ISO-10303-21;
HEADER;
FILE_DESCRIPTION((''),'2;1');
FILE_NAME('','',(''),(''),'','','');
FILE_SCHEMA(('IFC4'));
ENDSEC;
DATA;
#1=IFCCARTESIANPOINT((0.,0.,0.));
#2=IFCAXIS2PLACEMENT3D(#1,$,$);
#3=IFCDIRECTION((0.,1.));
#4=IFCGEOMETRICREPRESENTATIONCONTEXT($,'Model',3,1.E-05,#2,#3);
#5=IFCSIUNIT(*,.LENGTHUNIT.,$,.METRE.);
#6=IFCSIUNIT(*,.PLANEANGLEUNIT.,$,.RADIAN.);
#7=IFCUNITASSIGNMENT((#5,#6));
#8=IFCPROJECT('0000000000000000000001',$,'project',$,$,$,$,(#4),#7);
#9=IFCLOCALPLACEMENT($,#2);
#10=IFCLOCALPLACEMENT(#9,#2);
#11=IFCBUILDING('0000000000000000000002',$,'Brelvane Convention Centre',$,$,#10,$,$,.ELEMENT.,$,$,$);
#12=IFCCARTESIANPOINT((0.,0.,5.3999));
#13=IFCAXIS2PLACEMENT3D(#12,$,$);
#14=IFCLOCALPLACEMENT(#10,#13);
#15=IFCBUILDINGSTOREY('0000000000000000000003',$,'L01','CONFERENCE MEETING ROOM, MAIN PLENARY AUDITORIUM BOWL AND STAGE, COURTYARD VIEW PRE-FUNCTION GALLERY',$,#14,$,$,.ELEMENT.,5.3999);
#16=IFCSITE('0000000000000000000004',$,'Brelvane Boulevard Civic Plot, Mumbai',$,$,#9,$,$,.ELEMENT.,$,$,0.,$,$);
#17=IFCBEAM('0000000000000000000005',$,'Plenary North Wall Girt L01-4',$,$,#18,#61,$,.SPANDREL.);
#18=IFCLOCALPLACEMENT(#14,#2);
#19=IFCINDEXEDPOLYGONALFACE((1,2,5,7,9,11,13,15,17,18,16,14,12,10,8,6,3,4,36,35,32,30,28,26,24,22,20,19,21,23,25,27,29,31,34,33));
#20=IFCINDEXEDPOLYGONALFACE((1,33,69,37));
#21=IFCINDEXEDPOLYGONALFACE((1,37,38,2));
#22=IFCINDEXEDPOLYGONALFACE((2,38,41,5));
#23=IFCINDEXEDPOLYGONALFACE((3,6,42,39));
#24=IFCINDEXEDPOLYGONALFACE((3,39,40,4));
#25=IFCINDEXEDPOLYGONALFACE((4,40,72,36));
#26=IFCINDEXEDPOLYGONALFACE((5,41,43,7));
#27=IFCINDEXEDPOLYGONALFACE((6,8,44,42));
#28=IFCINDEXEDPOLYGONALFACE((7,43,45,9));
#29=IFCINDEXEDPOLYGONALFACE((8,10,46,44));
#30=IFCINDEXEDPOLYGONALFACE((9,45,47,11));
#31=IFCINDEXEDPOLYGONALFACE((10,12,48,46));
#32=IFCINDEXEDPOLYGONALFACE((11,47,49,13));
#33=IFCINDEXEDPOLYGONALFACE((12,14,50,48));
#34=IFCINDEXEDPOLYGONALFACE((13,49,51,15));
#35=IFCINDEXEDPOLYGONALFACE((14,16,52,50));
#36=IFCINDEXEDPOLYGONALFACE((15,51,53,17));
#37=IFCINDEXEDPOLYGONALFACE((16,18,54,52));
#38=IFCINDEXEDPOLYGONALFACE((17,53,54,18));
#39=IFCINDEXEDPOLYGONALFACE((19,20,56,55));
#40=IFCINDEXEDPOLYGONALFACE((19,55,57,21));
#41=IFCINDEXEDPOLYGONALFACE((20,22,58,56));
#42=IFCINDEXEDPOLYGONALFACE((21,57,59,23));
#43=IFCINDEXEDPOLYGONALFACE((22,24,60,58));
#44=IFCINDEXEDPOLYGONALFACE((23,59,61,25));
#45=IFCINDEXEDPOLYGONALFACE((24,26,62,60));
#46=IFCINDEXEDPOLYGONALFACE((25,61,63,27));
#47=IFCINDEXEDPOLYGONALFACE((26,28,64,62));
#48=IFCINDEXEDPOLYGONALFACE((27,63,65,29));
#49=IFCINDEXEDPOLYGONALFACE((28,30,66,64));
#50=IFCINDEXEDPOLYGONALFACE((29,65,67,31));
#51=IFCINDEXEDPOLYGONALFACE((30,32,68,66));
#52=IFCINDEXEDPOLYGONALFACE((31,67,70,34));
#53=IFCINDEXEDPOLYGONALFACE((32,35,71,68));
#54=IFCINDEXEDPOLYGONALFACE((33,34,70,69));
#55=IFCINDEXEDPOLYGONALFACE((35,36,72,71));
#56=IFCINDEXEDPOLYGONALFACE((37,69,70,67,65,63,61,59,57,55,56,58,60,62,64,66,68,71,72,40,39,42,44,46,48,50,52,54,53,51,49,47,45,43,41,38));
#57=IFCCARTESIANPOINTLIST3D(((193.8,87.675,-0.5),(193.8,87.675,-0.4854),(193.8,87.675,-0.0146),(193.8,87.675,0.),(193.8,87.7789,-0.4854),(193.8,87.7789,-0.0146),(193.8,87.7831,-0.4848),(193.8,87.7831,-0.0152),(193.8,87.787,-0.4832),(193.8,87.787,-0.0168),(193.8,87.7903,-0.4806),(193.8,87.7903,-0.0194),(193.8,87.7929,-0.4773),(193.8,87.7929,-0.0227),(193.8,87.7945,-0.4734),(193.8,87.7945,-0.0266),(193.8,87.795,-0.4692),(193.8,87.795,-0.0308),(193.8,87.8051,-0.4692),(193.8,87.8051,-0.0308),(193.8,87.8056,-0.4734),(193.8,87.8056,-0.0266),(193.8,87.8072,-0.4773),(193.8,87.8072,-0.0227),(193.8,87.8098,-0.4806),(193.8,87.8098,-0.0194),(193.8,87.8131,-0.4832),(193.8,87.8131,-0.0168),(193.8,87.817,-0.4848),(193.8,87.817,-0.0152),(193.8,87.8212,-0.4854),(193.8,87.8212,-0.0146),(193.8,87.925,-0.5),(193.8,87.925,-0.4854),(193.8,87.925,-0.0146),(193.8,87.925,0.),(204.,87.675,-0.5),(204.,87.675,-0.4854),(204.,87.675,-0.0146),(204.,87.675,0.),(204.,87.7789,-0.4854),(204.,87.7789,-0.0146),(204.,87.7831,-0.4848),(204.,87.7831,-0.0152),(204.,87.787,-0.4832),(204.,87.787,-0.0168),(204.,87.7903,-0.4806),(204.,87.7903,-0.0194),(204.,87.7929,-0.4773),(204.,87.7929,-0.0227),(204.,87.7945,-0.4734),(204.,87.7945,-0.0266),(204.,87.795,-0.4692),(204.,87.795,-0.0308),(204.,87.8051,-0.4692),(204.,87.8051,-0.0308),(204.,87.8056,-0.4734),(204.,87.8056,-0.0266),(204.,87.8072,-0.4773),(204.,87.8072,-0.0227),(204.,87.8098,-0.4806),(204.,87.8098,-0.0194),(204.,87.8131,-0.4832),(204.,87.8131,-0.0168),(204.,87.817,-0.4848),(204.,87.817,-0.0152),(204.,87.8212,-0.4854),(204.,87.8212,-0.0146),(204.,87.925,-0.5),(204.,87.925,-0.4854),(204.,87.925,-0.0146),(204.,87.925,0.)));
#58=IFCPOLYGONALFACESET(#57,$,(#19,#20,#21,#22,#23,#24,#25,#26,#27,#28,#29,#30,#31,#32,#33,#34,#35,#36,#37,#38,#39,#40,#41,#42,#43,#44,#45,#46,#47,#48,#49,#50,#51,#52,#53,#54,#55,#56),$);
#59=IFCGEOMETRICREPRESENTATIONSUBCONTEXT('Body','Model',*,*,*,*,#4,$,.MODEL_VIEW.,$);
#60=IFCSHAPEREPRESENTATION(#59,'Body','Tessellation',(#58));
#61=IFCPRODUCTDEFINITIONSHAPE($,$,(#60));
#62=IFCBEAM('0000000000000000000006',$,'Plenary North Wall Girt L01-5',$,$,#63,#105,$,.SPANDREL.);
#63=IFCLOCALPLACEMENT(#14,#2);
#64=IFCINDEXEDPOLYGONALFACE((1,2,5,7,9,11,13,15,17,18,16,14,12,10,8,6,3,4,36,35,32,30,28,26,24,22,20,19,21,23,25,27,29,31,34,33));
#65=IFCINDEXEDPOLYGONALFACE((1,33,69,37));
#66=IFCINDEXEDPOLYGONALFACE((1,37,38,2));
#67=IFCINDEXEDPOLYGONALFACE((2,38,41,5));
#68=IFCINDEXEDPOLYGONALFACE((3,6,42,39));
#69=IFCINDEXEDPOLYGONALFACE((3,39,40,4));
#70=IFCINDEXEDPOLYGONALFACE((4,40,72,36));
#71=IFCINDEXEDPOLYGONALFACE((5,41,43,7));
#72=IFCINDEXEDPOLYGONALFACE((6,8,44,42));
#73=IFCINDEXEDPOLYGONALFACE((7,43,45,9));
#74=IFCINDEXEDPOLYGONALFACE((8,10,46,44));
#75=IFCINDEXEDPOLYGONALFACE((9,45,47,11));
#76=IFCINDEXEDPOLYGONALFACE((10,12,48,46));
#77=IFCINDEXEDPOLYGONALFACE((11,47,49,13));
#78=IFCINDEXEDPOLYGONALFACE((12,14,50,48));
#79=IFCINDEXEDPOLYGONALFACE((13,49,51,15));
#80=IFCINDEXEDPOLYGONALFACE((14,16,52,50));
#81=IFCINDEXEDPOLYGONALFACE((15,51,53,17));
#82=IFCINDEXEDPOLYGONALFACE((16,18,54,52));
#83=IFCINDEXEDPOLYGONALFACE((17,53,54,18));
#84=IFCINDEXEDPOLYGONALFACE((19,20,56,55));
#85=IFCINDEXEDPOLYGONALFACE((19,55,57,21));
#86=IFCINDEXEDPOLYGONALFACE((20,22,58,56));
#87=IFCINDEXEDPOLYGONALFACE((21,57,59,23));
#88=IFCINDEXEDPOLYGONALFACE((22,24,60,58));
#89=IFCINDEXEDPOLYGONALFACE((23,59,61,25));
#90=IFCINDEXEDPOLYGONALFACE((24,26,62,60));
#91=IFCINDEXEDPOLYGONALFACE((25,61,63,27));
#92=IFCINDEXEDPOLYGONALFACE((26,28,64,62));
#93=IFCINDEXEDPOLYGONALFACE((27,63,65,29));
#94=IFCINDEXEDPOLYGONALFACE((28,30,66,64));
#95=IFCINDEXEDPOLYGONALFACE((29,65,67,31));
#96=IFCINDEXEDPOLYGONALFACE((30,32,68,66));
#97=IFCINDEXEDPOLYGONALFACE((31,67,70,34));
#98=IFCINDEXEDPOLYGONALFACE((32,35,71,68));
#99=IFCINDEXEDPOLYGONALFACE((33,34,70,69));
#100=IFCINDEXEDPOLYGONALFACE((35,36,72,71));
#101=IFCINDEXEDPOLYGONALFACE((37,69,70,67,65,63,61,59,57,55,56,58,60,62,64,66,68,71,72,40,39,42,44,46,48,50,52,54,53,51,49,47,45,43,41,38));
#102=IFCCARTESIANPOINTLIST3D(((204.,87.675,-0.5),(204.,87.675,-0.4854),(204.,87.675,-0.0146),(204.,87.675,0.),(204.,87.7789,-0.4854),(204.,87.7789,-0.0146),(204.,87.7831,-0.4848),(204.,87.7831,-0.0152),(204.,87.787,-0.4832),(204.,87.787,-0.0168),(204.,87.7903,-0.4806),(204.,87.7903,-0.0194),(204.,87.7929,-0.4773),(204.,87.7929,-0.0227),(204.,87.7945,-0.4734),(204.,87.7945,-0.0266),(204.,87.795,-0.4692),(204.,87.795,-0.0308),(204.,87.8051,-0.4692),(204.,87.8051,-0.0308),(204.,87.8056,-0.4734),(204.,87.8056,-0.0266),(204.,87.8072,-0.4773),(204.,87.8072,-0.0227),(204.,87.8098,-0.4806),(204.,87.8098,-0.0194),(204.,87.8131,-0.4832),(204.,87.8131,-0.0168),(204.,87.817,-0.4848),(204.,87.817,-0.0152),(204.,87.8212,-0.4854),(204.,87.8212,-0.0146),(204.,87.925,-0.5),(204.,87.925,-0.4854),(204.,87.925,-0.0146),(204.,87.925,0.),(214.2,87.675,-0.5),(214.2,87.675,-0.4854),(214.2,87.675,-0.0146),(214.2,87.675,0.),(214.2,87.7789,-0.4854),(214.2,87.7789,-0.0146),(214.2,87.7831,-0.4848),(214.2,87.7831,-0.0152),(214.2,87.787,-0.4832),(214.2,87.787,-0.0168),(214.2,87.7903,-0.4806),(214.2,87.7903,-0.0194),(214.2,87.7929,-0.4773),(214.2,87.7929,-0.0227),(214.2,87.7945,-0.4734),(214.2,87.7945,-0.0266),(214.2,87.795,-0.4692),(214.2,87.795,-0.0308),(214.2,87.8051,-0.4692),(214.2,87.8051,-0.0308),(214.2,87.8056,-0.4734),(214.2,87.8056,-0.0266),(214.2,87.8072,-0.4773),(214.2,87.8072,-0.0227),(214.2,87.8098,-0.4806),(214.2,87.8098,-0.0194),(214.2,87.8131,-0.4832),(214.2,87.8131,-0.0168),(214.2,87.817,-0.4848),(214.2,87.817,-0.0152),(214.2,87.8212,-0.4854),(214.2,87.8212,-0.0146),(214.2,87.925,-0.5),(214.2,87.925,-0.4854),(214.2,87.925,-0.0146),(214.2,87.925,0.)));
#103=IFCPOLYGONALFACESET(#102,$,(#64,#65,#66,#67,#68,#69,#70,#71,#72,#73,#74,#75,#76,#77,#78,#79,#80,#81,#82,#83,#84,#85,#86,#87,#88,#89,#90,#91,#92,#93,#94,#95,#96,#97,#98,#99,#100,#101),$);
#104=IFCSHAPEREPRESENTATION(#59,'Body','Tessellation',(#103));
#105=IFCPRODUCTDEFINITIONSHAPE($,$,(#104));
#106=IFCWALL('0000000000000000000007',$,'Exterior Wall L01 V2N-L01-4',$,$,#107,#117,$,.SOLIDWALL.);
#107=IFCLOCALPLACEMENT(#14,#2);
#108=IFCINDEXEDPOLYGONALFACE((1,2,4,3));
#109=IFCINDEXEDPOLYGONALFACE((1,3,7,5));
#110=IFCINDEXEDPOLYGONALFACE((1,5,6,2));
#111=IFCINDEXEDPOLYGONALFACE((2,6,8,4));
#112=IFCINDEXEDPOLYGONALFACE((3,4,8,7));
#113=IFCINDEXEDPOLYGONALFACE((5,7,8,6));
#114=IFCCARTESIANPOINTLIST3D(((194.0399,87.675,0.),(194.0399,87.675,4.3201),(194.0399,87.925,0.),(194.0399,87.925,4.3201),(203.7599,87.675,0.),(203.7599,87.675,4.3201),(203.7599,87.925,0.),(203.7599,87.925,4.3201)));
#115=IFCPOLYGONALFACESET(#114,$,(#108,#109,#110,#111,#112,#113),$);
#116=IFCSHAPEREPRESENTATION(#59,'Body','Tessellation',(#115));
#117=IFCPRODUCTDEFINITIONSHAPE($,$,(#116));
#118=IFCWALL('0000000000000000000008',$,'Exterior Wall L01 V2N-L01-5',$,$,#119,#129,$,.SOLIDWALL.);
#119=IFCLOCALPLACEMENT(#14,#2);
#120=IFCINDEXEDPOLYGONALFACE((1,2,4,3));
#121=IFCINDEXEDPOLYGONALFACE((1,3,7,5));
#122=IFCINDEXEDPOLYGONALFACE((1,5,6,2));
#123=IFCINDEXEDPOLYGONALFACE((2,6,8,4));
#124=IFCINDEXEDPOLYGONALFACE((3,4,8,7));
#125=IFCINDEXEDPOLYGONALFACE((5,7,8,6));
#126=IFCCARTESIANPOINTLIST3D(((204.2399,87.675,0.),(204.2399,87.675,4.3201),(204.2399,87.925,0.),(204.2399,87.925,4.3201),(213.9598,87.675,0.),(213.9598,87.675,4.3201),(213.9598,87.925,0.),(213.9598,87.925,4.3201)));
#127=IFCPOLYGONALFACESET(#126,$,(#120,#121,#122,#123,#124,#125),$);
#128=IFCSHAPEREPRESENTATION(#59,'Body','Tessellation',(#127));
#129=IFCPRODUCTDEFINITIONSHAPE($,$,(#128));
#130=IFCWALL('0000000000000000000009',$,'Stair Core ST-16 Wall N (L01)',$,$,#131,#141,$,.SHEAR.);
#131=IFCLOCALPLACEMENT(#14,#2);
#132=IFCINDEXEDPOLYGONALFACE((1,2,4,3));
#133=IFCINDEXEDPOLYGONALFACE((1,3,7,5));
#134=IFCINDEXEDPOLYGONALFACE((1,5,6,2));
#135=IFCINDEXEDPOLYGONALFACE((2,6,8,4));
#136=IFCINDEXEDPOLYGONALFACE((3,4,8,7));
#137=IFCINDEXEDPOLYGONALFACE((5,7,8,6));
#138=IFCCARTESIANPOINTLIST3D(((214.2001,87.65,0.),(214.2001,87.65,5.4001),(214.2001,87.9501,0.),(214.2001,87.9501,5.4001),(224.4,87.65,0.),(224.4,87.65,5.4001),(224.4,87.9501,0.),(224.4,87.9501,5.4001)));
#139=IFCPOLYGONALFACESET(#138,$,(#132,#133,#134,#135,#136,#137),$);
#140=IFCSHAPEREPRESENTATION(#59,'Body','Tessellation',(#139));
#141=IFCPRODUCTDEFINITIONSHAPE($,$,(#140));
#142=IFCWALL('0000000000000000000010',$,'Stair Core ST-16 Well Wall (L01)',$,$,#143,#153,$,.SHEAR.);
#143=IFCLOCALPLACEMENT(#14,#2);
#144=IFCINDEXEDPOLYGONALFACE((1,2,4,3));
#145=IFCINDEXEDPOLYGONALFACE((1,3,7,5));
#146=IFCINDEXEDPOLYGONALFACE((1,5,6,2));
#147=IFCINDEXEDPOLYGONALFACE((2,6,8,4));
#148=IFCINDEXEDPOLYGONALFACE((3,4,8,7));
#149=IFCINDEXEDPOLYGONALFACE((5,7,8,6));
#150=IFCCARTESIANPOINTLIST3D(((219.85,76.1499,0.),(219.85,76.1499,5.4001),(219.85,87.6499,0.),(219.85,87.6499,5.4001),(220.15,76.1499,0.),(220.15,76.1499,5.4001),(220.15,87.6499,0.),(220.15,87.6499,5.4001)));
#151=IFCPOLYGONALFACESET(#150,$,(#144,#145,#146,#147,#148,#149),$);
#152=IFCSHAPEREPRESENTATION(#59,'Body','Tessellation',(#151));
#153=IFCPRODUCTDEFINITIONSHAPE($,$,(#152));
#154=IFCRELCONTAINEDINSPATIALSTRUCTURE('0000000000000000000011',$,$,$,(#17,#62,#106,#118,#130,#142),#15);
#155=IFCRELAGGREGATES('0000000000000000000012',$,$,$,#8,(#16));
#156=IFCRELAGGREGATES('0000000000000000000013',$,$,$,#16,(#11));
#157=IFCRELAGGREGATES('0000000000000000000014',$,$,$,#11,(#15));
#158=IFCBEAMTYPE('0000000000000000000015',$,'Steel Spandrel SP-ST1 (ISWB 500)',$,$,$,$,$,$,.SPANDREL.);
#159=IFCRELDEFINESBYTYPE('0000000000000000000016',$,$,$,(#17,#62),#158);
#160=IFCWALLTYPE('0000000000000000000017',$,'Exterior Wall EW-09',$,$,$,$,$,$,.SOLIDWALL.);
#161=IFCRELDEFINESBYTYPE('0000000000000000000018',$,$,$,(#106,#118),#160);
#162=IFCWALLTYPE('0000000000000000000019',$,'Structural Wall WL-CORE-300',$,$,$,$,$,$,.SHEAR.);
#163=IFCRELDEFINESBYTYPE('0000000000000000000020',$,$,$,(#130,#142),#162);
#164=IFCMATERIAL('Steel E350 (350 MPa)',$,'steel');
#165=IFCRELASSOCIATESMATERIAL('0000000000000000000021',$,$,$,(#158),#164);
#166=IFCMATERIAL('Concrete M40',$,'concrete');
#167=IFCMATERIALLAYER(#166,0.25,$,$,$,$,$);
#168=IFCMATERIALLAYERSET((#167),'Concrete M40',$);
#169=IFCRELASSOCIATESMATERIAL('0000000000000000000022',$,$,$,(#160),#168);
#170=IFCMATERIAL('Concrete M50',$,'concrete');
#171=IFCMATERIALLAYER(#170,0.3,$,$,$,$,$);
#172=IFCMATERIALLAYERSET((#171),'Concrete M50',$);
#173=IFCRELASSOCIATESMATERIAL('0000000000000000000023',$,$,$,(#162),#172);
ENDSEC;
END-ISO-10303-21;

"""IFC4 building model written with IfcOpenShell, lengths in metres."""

from ifc_helpers import new_model, si_unit, direction, frame, frame_2d, origin, origin_2d, place, context, subcontext, project, spatial, rectangle, i_section, extrude, material, layer, layer_set, material_profile, profile_set, type_object, element, save


model = new_model("IFC4")

# Units and contexts
model_context = context("Model", 3, precision=1e-05, world=origin(), true_north=direction((0.0, 1.0)))
body_context = subcontext(model_context, "Body", "Model", "MODEL_VIEW")
ifc_project = project(units=[si_unit("LENGTHUNIT", "METRE"), si_unit("PLANEANGLEUNIT", "RADIAN")], contexts=[model_context])

# Site, building, storey
site_placement = place(None, origin())
site = spatial("IfcSite", under=ifc_project, at=site_placement, Name="Brelvane Boulevard Civic Plot, Mumbai", CompositionType="ELEMENT", RefElevation=0.0)
building_placement = place(site_placement, origin())
building = spatial("IfcBuilding", under=site, at=building_placement, Name="Brelvane Convention Centre", CompositionType="ELEMENT")
storey_placement = place(building_placement, frame((0.0, 0.0, 5.3999)))
storey = spatial("IfcBuildingStorey", under=building, at=storey_placement, Name="L01", Description="CONFERENCE MEETING ROOM, MAIN PLENARY AUDITORIUM BOWL AND STAGE, COURTYARD VIEW PRE-FUNCTION GALLERY", CompositionType="ELEMENT", Elevation=5.3999)

# Beams
ifc_material_1 = material(Name="Steel E350 (350 MPa)", Category="steel")
ifc_material_profile_1 = material_profile(ifc_material_1, i_section(OverallWidth=0.25, OverallDepth=0.5, WebThickness=0.01, FlangeThickness=0.0146, FilletRadius=0.0161, at=origin_2d()), Name="ISWB 500")
ifc_profile_set_1 = profile_set([ifc_material_profile_1], Name="Steel E350 (350 MPa)")
beam_type_1 = type_object("IfcBeamType", Name="Steel Spandrel SP-ST1 (ISWB 500)", PredefinedType="SPANDREL", material=ifc_profile_set_1)
for number, where, z_axis, x_axis, name in (
    (1, (193.8, 87.8, -0.25), (1.0, 0.0, 0.0), (0.0, 1.0, 0.0), "Plenary North Wall Girt L01-4"),
    (2, (204.0, 87.8, -0.25), (1.0, 0.0, 0.0), (0.0, 1.0, 0.0), "Plenary North Wall Girt L01-5"),
):
    element("IfcBeam", number, at=place(storey_placement, frame(where, z_axis=z_axis, x_axis=x_axis)), inside=storey, type_object=beam_type_1, Name=name, PredefinedType="SPANDREL", context=body_context, shape_type="SweptSolid", body=[
        extrude(i_section(OverallWidth=0.25, OverallDepth=0.5, WebThickness=0.01, FlangeThickness=0.0146, FilletRadius=0.0161, at=origin_2d()), origin(), (0.0, 0.0, 1.0), 10.2),
    ])

# Walls
ifc_material_2 = material(Name="Concrete M40", Category="concrete")
ifc_layer_1 = layer(ifc_material_2, 0.25)
ifc_layer_set_1 = layer_set([ifc_layer_1], Name="Concrete M40")
wall_type_1 = type_object("IfcWallType", Name="Exterior Wall EW-09", PredefinedType="SOLIDWALL", material=ifc_layer_set_1)
for number, where, z_axis, x_axis, name in (
    (3, (194.04, 87.8, 0.0), (0.0, 0.0, 1.0), (1.0, 0.0, 0.0), "Exterior Wall L01 V2N-L01-4"),
    (4, (204.24, 87.8, 0.0), (0.0, 0.0, 1.0), (1.0, 0.0, 0.0), "Exterior Wall L01 V2N-L01-5"),
):
    element("IfcWall", number, at=place(storey_placement, frame(where, z_axis=z_axis, x_axis=x_axis)), inside=storey, type_object=wall_type_1, Name=name, PredefinedType="SOLIDWALL", context=body_context, shape_type="SweptSolid", body=[
        extrude(rectangle(XDim=9.72, YDim=0.25, at=frame_2d((4.8599, 0.0))), origin(), (0.0, 0.0, 1.0), 4.3201),
    ])
ifc_material_3 = material(Name="Concrete M50", Category="concrete")
ifc_layer_2 = layer(ifc_material_3, 0.3)
ifc_layer_set_2 = layer_set([ifc_layer_2], Name="Concrete M50")
wall_type_2 = type_object("IfcWallType", Name="Structural Wall WL-CORE-300", PredefinedType="SHEAR", material=ifc_layer_set_2)
wall_1_placement = place(storey_placement, frame((214.2, 87.8, 0.0), z_axis=(0.0, 0.0, 1.0), x_axis=(1.0, 0.0, 0.0)))
element("IfcWall", 5, at=wall_1_placement, inside=storey, type_object=wall_type_2, Name="Stair Core ST-16 Wall N (L01)", PredefinedType="SHEAR", context=body_context, shape_type="SweptSolid", body=[
    extrude(rectangle(XDim=10.2, YDim=0.3, at=frame_2d((5.1001, 0.0))), origin(), (0.0, 0.0, 1.0), 5.4001),
])
wall_2_placement = place(storey_placement, frame((220.0, 76.1499, 0.0), z_axis=(0.0, 0.0, 1.0), x_axis=(0.0, 1.0, 0.0)))
element("IfcWall", 6, at=wall_2_placement, inside=storey, type_object=wall_type_2, Name="Stair Core ST-16 Well Wall (L01)", PredefinedType="SHEAR", context=body_context, shape_type="SweptSolid", body=[
    extrude(rectangle(XDim=11.5, YDim=0.3, at=frame_2d((5.75, 0.0))), origin(), (0.0, 0.0, 1.0), 5.4001),
])

save(model, "model.ifc")
